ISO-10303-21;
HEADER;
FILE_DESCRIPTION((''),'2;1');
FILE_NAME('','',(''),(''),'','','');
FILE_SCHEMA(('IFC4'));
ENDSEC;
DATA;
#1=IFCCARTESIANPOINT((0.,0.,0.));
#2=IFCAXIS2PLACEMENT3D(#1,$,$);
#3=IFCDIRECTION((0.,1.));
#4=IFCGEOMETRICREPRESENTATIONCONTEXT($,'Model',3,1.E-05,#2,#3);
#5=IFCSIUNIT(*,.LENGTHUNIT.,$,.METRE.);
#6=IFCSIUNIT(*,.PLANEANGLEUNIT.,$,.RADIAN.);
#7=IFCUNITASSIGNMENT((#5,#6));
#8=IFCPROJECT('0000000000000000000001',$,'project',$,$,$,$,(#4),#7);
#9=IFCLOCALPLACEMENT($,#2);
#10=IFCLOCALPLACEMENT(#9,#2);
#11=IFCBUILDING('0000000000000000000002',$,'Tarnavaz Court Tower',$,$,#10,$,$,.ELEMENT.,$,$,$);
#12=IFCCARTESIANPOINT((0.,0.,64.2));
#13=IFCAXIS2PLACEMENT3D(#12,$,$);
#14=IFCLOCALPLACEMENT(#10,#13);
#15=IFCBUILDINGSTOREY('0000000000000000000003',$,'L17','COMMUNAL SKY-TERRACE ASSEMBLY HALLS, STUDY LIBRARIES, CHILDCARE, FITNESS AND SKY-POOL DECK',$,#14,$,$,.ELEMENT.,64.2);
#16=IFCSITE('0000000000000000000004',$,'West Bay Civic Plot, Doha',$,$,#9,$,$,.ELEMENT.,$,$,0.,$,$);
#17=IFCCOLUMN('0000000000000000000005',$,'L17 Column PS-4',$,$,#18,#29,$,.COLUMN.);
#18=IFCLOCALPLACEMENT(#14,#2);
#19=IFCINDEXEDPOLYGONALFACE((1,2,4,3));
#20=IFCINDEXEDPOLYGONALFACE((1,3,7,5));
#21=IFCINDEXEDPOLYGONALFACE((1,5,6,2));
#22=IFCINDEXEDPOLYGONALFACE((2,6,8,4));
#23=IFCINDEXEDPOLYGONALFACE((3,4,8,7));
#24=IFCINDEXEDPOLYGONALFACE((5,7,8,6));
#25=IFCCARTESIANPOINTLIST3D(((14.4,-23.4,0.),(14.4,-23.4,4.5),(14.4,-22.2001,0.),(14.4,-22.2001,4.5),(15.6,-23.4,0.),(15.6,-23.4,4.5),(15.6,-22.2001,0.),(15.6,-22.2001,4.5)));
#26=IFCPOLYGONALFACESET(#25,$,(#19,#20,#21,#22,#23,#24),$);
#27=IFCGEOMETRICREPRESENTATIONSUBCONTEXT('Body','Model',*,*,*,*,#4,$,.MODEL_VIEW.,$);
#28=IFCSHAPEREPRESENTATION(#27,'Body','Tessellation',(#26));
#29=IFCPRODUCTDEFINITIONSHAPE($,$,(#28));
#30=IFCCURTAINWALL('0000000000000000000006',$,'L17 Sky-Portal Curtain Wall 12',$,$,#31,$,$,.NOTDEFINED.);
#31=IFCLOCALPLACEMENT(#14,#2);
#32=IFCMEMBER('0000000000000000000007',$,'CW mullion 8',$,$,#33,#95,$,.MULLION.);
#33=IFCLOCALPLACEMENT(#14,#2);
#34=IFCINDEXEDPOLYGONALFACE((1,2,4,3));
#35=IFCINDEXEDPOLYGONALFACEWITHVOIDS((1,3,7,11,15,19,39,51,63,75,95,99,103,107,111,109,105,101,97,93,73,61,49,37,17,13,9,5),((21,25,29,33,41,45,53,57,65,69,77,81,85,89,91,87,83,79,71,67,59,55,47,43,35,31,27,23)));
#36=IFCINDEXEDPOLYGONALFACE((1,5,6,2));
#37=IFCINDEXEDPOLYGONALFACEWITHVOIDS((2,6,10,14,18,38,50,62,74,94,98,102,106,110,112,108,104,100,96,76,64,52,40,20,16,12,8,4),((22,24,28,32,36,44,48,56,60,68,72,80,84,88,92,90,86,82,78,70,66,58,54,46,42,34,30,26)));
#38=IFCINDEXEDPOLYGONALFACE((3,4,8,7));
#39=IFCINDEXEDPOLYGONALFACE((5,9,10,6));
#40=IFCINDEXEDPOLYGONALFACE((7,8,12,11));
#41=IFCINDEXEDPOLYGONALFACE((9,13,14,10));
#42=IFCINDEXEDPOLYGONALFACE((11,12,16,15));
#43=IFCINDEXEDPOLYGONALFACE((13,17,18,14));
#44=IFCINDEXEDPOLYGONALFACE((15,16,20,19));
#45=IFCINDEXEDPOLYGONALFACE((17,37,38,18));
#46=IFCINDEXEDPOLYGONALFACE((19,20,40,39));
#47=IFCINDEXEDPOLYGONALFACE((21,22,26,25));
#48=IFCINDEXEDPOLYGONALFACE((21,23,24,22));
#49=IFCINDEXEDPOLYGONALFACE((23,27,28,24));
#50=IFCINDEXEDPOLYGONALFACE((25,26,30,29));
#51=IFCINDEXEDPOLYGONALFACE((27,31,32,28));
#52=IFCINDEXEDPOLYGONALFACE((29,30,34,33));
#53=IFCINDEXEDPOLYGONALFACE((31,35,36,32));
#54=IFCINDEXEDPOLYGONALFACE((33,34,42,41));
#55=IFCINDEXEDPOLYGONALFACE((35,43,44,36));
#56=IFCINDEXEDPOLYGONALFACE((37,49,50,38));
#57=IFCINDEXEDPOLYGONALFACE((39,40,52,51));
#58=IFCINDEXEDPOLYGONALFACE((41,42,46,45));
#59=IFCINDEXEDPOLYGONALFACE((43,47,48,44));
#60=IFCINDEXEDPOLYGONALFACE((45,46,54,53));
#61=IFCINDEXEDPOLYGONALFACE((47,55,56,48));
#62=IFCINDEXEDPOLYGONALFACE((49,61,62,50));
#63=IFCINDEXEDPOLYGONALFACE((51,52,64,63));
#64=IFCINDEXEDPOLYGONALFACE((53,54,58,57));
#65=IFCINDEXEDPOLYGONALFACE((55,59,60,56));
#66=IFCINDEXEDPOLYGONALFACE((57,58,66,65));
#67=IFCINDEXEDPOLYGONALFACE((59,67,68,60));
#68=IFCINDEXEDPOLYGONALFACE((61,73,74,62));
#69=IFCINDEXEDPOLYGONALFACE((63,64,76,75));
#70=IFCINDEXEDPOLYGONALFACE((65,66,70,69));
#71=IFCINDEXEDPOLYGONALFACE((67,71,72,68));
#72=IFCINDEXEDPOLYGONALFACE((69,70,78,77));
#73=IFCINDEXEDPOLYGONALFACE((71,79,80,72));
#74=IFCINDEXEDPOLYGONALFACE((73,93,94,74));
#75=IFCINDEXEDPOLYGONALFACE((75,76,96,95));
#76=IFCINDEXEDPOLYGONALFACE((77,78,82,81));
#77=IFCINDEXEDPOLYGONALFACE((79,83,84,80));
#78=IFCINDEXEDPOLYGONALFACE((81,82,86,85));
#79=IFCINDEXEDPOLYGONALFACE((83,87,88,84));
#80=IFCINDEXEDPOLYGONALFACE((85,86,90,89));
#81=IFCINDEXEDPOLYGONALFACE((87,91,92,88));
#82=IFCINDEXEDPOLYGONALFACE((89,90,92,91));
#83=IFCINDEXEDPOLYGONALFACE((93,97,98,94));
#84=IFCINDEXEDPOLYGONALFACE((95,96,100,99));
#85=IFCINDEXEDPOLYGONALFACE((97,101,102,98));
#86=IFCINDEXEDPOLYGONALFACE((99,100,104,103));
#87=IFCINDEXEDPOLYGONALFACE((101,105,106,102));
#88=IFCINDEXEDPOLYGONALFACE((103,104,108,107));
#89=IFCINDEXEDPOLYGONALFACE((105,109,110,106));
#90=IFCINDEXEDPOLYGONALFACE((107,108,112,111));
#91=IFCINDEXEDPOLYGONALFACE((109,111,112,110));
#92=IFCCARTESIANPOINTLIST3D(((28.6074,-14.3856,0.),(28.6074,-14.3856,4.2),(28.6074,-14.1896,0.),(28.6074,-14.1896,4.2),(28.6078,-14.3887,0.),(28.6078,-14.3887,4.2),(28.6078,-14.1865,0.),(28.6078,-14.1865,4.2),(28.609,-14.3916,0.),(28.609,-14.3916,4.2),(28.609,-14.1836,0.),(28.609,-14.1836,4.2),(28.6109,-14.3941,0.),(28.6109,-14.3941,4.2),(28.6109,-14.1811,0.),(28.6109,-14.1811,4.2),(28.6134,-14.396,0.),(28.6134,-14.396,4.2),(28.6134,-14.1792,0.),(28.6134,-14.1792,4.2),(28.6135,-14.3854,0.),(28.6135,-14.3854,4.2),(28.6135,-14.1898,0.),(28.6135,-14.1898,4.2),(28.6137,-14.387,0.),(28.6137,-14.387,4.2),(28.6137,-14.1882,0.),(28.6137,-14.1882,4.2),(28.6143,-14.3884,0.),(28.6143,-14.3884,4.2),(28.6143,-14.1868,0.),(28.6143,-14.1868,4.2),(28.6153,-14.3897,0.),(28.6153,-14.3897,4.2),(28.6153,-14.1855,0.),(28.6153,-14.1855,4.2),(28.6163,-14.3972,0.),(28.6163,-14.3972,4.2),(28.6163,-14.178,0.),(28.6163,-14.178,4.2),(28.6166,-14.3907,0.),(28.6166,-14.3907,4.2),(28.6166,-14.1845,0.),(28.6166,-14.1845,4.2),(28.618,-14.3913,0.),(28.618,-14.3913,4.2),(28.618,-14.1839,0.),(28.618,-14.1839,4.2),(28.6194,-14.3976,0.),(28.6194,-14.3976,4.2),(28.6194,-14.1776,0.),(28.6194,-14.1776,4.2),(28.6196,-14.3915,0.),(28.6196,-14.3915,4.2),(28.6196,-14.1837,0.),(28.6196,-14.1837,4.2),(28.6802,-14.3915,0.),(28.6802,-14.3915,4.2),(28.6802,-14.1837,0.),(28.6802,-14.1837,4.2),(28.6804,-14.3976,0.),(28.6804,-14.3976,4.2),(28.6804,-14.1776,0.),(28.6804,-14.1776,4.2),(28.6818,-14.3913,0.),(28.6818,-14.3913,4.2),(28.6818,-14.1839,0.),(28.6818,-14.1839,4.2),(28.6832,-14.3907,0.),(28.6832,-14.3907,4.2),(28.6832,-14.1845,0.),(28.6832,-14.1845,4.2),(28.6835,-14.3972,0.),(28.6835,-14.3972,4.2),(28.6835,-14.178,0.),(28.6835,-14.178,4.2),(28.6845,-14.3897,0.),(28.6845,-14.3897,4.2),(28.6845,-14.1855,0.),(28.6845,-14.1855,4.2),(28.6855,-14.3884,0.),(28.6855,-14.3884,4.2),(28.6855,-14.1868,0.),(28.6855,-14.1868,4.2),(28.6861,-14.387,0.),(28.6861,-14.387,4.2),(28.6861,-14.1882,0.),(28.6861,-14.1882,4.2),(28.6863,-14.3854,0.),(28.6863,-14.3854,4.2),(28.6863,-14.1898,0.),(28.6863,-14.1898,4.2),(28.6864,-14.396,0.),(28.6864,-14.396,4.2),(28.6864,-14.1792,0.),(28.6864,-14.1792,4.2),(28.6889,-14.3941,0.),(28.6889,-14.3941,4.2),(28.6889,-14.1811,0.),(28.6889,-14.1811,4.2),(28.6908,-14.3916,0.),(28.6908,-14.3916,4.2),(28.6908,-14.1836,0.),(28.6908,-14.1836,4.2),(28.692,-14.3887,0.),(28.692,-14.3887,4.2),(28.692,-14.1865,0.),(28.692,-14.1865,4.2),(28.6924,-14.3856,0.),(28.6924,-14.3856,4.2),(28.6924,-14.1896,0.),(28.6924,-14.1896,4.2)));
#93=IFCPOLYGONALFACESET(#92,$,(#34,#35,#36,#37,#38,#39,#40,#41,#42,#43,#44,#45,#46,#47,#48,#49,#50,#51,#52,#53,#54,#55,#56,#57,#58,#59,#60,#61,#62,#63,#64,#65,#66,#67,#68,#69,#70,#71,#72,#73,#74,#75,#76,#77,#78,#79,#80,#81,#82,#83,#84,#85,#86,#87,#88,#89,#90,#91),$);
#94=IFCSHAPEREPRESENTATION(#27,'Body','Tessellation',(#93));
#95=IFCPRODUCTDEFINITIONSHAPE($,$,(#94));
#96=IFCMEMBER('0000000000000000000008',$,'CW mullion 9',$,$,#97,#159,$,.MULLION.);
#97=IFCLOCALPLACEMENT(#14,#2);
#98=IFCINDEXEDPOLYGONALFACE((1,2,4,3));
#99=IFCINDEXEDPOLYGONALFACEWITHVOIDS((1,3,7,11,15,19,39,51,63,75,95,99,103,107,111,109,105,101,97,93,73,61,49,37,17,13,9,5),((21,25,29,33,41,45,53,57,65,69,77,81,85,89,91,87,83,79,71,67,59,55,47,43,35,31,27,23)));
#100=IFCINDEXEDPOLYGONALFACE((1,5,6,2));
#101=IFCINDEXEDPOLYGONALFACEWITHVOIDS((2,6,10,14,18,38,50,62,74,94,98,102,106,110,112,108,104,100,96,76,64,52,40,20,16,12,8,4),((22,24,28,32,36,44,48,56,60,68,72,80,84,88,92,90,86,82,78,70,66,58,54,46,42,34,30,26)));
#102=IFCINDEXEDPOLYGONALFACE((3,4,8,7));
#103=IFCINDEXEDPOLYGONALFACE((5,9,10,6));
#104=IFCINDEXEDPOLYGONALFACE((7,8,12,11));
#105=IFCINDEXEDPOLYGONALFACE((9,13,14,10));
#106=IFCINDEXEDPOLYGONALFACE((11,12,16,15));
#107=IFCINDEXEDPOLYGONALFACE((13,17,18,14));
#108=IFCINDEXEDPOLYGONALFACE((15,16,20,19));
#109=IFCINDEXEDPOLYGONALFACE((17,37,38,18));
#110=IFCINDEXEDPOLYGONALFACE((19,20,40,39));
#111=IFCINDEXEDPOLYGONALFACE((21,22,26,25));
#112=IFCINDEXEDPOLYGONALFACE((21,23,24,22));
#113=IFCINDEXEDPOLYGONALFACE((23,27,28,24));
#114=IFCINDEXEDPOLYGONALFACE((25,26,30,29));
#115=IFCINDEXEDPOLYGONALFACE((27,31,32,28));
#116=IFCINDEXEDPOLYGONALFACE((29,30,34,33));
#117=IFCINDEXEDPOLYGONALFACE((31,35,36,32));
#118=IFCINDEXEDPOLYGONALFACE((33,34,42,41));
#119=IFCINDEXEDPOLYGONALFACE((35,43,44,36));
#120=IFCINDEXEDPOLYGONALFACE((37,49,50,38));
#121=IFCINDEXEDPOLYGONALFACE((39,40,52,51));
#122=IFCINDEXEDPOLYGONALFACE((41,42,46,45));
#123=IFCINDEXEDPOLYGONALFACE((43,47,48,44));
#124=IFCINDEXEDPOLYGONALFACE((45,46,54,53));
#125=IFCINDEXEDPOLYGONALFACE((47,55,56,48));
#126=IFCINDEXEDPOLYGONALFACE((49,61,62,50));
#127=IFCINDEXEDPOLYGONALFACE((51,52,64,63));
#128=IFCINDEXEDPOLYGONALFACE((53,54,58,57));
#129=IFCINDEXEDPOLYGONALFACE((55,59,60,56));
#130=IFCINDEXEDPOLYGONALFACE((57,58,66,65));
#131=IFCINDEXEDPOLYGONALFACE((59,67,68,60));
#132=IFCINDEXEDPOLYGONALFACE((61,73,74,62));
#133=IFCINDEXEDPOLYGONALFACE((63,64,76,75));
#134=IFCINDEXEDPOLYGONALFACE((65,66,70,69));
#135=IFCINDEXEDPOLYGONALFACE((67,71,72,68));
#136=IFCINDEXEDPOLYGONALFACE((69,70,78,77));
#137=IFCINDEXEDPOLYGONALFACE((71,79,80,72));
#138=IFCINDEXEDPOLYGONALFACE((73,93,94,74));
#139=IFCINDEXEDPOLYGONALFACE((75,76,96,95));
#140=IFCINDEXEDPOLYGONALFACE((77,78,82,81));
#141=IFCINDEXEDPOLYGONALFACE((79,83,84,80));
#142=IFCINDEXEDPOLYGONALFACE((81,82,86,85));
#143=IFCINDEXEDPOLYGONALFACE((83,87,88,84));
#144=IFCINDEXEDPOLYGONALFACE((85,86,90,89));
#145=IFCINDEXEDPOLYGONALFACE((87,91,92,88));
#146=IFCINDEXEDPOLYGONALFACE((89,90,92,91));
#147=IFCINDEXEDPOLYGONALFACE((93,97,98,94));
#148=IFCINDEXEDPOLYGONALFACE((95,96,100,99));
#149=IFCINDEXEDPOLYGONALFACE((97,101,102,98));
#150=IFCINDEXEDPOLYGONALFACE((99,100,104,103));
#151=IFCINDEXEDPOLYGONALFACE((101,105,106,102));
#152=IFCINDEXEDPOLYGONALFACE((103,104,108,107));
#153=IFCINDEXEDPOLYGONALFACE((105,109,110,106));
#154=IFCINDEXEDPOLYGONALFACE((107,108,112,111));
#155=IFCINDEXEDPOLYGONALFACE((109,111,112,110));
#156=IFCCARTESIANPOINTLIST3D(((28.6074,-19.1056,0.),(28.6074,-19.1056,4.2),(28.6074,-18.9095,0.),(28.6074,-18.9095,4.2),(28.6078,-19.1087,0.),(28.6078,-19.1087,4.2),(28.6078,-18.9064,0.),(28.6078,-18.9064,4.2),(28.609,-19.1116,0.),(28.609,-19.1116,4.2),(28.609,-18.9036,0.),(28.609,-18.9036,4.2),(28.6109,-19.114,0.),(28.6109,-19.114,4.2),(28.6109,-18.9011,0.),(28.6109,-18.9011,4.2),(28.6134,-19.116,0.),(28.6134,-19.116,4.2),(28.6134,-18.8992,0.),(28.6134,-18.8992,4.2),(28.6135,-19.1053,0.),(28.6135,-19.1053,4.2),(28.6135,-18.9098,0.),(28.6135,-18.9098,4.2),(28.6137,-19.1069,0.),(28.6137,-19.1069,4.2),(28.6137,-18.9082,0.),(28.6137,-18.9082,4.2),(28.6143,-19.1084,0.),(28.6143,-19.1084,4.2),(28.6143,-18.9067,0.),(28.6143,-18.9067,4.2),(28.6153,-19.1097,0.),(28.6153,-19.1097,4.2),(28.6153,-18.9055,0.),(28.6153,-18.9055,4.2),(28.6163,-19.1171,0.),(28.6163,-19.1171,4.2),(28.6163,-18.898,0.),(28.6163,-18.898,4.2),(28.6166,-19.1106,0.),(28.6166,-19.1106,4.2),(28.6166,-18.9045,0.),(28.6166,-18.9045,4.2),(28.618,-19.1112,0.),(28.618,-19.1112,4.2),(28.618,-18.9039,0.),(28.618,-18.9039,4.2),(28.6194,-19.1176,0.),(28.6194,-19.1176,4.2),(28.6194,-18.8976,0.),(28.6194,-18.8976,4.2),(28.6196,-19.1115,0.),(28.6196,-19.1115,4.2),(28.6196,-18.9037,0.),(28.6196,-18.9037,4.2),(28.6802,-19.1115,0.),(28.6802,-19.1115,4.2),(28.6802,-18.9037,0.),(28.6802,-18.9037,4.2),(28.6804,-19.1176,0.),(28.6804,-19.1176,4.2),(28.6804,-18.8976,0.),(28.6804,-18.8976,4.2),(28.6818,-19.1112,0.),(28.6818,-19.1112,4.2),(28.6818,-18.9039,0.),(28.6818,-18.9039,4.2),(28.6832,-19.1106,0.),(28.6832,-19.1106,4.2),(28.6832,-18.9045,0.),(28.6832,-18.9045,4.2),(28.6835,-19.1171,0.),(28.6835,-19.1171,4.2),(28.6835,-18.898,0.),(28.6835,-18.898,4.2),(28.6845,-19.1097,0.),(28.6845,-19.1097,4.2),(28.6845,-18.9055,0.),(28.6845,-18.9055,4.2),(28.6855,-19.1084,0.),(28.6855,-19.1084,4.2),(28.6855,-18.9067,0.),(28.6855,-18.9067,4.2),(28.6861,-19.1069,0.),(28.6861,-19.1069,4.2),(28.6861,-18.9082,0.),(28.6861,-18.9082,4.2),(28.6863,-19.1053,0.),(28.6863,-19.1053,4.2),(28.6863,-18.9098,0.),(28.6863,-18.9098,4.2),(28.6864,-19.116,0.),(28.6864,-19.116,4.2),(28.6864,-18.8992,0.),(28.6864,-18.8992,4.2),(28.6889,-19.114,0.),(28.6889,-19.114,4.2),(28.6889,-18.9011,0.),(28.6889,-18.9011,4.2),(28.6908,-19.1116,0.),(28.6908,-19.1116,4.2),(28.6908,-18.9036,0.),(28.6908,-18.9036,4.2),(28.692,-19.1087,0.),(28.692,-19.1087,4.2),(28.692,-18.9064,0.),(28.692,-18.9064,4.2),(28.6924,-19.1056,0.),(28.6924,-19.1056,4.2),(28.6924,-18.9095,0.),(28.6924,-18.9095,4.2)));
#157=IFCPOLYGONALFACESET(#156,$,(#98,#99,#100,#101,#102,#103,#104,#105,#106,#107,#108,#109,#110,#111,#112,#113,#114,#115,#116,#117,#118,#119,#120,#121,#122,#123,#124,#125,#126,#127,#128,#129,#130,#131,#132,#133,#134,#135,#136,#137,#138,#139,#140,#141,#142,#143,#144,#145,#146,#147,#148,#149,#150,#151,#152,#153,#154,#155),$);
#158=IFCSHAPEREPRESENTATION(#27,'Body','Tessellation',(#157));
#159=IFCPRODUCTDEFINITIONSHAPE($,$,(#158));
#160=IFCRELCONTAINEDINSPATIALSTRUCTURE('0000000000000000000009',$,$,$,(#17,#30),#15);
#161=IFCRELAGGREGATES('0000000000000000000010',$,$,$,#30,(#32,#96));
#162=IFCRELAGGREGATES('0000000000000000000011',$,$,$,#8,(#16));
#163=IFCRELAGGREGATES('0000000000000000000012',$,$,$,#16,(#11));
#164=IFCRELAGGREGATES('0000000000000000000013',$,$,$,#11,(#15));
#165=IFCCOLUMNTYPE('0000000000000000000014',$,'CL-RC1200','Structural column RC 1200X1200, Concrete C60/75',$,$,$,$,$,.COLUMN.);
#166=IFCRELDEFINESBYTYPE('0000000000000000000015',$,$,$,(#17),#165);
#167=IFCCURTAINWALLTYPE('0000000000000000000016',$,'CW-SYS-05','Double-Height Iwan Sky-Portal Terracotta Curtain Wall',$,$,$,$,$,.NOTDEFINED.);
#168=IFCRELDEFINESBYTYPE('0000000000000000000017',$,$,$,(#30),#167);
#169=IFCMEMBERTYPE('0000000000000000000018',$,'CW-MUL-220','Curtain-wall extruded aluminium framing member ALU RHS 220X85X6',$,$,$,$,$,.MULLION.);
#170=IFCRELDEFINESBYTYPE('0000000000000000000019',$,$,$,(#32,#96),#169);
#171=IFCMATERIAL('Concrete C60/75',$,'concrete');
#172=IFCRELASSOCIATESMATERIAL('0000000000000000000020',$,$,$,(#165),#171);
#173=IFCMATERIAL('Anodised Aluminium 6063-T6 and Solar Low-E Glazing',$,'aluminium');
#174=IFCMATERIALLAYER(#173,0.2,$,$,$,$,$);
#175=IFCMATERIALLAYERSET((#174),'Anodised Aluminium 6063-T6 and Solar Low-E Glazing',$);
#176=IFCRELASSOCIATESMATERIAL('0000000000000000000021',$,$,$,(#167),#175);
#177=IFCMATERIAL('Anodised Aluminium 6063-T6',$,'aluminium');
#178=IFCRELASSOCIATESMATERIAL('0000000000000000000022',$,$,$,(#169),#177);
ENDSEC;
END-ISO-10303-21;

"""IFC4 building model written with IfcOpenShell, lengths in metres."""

from ifc_helpers import new_model, si_unit, direction, frame, origin, origin_2d, place, context, subcontext, project, spatial, rectangle, hollow_rectangle, extrude, material, layer, layer_set, material_profile, profile_set, type_object, element, aggregate, save


model = new_model("IFC4")

# Units and contexts
model_context = context("Model", 3, precision=1e-05, world=origin(), true_north=direction((0.0, 1.0)))
body_context = subcontext(model_context, "Body", "Model", "MODEL_VIEW")
ifc_project = project(units=[si_unit("LENGTHUNIT", "METRE"), si_unit("PLANEANGLEUNIT", "RADIAN")], contexts=[model_context])

# Site, building, storey
site_placement = place(None, origin())
site = spatial("IfcSite", under=ifc_project, at=site_placement, Name="West Bay Civic Plot, Doha", CompositionType="ELEMENT", RefElevation=0.0)
building_placement = place(site_placement, origin())
building = spatial("IfcBuilding", under=site, at=building_placement, Name="Tarnavaz Court Tower", CompositionType="ELEMENT")
storey_placement = place(building_placement, frame((0.0, 0.0, 64.2)))
storey = spatial("IfcBuildingStorey", under=building, at=storey_placement, Name="L17", Description="COMMUNAL SKY-TERRACE ASSEMBLY HALLS, STUDY LIBRARIES, CHILDCARE, FITNESS AND SKY-POOL DECK", CompositionType="ELEMENT", Elevation=64.2)

# Column
ifc_material_1 = material(Name="Concrete C60/75", Category="concrete")
ifc_material_profile_1 = material_profile(ifc_material_1, rectangle(XDim=1.2, YDim=1.2, at=origin_2d()), Name="RC 1200X1200")
ifc_profile_set_1 = profile_set([ifc_material_profile_1], Name="Concrete C60/75")
column_type = type_object("IfcColumnType", Name="CL-RC1200", Description="Structural column RC 1200X1200, Concrete C60/75", PredefinedType="COLUMN", material=ifc_profile_set_1)
column_placement = place(storey_placement, frame((15.0, -22.8, 0.0), z_axis=(0.0, 0.0, 1.0), x_axis=(1.0, 0.0, 0.0)))
element("IfcColumn", 1, at=column_placement, inside=storey, type_object=column_type, Name="L17 Column PS-4", PredefinedType="COLUMN", context=body_context, shape_type="SweptSolid", body=[
    extrude(rectangle(XDim=1.2, YDim=1.2, at=origin_2d()), origin(), (0.0, 0.0, 1.0), 4.5),
])

# Curtain wall, members
ifc_material_2 = material(Name="Anodised Aluminium 6063-T6 and Solar Low-E Glazing", Category="aluminium")
ifc_layer_1 = layer(ifc_material_2, 0.2)
ifc_layer_set_1 = layer_set([ifc_layer_1], Name="Anodised Aluminium 6063-T6 and Solar Low-E Glazing")
curtain_wall_type = type_object("IfcCurtainWallType", Name="CW-SYS-05", Description="Double-Height Iwan Sky-Portal Terracotta Curtain Wall", PredefinedType="NOTDEFINED", material=ifc_layer_set_1)
curtain_wall_placement = place(storey_placement, origin())
curtain_wall = element("IfcCurtainWall", 2, at=curtain_wall_placement, inside=storey, type_object=curtain_wall_type, Name="L17 Sky-Portal Curtain Wall 12", PredefinedType="NOTDEFINED")
ifc_material_3 = material(Name="Anodised Aluminium 6063-T6", Category="aluminium")
ifc_material_profile_2 = material_profile(ifc_material_3, hollow_rectangle(XDim=0.085, YDim=0.22, WallThickness=0.0061, InnerFilletRadius=0.0061, OuterFilletRadius=0.012, at=origin_2d()), Name="ALU RHS 220X85X6")
ifc_profile_set_2 = profile_set([ifc_material_profile_2], Name="Anodised Aluminium 6063-T6")
member_type_1 = type_object("IfcMemberType", Name="CW-MUL-220", Description="Curtain-wall extruded aluminium framing member ALU RHS 220X85X6", PredefinedType="MULLION", material=ifc_profile_set_2)
member_1_placement = place(storey_placement, frame((28.6499, -14.2876, 0.0), z_axis=(0.0, 0.0, 1.0), x_axis=(1.0, 0.0, 0.0)))
member_1 = element("IfcMember", 3, at=member_1_placement, type_object=member_type_1, Name="CW mullion 8", PredefinedType="MULLION", context=body_context, shape_type="SweptSolid", body=[
    extrude(hollow_rectangle(XDim=0.085, YDim=0.22, WallThickness=0.0061, InnerFilletRadius=0.0061, OuterFilletRadius=0.012, at=origin_2d()), origin(), (0.0, 0.0, 1.0), 4.2),
])
member_2_placement = place(storey_placement, frame((28.6499, -19.0076, 0.0), z_axis=(0.0, 0.0, 1.0), x_axis=(1.0, 0.0, 0.0)))
member_2 = element("IfcMember", 4, at=member_2_placement, type_object=member_type_1, Name="CW mullion 9", PredefinedType="MULLION", context=body_context, shape_type="SweptSolid", body=[
    extrude(hollow_rectangle(XDim=0.085, YDim=0.22, WallThickness=0.0061, InnerFilletRadius=0.0061, OuterFilletRadius=0.012, at=origin_2d()), origin(), (0.0, 0.0, 1.0), 4.2),
])
aggregate(curtain_wall, [member_1, member_2])

save(model, "model.ifc")
